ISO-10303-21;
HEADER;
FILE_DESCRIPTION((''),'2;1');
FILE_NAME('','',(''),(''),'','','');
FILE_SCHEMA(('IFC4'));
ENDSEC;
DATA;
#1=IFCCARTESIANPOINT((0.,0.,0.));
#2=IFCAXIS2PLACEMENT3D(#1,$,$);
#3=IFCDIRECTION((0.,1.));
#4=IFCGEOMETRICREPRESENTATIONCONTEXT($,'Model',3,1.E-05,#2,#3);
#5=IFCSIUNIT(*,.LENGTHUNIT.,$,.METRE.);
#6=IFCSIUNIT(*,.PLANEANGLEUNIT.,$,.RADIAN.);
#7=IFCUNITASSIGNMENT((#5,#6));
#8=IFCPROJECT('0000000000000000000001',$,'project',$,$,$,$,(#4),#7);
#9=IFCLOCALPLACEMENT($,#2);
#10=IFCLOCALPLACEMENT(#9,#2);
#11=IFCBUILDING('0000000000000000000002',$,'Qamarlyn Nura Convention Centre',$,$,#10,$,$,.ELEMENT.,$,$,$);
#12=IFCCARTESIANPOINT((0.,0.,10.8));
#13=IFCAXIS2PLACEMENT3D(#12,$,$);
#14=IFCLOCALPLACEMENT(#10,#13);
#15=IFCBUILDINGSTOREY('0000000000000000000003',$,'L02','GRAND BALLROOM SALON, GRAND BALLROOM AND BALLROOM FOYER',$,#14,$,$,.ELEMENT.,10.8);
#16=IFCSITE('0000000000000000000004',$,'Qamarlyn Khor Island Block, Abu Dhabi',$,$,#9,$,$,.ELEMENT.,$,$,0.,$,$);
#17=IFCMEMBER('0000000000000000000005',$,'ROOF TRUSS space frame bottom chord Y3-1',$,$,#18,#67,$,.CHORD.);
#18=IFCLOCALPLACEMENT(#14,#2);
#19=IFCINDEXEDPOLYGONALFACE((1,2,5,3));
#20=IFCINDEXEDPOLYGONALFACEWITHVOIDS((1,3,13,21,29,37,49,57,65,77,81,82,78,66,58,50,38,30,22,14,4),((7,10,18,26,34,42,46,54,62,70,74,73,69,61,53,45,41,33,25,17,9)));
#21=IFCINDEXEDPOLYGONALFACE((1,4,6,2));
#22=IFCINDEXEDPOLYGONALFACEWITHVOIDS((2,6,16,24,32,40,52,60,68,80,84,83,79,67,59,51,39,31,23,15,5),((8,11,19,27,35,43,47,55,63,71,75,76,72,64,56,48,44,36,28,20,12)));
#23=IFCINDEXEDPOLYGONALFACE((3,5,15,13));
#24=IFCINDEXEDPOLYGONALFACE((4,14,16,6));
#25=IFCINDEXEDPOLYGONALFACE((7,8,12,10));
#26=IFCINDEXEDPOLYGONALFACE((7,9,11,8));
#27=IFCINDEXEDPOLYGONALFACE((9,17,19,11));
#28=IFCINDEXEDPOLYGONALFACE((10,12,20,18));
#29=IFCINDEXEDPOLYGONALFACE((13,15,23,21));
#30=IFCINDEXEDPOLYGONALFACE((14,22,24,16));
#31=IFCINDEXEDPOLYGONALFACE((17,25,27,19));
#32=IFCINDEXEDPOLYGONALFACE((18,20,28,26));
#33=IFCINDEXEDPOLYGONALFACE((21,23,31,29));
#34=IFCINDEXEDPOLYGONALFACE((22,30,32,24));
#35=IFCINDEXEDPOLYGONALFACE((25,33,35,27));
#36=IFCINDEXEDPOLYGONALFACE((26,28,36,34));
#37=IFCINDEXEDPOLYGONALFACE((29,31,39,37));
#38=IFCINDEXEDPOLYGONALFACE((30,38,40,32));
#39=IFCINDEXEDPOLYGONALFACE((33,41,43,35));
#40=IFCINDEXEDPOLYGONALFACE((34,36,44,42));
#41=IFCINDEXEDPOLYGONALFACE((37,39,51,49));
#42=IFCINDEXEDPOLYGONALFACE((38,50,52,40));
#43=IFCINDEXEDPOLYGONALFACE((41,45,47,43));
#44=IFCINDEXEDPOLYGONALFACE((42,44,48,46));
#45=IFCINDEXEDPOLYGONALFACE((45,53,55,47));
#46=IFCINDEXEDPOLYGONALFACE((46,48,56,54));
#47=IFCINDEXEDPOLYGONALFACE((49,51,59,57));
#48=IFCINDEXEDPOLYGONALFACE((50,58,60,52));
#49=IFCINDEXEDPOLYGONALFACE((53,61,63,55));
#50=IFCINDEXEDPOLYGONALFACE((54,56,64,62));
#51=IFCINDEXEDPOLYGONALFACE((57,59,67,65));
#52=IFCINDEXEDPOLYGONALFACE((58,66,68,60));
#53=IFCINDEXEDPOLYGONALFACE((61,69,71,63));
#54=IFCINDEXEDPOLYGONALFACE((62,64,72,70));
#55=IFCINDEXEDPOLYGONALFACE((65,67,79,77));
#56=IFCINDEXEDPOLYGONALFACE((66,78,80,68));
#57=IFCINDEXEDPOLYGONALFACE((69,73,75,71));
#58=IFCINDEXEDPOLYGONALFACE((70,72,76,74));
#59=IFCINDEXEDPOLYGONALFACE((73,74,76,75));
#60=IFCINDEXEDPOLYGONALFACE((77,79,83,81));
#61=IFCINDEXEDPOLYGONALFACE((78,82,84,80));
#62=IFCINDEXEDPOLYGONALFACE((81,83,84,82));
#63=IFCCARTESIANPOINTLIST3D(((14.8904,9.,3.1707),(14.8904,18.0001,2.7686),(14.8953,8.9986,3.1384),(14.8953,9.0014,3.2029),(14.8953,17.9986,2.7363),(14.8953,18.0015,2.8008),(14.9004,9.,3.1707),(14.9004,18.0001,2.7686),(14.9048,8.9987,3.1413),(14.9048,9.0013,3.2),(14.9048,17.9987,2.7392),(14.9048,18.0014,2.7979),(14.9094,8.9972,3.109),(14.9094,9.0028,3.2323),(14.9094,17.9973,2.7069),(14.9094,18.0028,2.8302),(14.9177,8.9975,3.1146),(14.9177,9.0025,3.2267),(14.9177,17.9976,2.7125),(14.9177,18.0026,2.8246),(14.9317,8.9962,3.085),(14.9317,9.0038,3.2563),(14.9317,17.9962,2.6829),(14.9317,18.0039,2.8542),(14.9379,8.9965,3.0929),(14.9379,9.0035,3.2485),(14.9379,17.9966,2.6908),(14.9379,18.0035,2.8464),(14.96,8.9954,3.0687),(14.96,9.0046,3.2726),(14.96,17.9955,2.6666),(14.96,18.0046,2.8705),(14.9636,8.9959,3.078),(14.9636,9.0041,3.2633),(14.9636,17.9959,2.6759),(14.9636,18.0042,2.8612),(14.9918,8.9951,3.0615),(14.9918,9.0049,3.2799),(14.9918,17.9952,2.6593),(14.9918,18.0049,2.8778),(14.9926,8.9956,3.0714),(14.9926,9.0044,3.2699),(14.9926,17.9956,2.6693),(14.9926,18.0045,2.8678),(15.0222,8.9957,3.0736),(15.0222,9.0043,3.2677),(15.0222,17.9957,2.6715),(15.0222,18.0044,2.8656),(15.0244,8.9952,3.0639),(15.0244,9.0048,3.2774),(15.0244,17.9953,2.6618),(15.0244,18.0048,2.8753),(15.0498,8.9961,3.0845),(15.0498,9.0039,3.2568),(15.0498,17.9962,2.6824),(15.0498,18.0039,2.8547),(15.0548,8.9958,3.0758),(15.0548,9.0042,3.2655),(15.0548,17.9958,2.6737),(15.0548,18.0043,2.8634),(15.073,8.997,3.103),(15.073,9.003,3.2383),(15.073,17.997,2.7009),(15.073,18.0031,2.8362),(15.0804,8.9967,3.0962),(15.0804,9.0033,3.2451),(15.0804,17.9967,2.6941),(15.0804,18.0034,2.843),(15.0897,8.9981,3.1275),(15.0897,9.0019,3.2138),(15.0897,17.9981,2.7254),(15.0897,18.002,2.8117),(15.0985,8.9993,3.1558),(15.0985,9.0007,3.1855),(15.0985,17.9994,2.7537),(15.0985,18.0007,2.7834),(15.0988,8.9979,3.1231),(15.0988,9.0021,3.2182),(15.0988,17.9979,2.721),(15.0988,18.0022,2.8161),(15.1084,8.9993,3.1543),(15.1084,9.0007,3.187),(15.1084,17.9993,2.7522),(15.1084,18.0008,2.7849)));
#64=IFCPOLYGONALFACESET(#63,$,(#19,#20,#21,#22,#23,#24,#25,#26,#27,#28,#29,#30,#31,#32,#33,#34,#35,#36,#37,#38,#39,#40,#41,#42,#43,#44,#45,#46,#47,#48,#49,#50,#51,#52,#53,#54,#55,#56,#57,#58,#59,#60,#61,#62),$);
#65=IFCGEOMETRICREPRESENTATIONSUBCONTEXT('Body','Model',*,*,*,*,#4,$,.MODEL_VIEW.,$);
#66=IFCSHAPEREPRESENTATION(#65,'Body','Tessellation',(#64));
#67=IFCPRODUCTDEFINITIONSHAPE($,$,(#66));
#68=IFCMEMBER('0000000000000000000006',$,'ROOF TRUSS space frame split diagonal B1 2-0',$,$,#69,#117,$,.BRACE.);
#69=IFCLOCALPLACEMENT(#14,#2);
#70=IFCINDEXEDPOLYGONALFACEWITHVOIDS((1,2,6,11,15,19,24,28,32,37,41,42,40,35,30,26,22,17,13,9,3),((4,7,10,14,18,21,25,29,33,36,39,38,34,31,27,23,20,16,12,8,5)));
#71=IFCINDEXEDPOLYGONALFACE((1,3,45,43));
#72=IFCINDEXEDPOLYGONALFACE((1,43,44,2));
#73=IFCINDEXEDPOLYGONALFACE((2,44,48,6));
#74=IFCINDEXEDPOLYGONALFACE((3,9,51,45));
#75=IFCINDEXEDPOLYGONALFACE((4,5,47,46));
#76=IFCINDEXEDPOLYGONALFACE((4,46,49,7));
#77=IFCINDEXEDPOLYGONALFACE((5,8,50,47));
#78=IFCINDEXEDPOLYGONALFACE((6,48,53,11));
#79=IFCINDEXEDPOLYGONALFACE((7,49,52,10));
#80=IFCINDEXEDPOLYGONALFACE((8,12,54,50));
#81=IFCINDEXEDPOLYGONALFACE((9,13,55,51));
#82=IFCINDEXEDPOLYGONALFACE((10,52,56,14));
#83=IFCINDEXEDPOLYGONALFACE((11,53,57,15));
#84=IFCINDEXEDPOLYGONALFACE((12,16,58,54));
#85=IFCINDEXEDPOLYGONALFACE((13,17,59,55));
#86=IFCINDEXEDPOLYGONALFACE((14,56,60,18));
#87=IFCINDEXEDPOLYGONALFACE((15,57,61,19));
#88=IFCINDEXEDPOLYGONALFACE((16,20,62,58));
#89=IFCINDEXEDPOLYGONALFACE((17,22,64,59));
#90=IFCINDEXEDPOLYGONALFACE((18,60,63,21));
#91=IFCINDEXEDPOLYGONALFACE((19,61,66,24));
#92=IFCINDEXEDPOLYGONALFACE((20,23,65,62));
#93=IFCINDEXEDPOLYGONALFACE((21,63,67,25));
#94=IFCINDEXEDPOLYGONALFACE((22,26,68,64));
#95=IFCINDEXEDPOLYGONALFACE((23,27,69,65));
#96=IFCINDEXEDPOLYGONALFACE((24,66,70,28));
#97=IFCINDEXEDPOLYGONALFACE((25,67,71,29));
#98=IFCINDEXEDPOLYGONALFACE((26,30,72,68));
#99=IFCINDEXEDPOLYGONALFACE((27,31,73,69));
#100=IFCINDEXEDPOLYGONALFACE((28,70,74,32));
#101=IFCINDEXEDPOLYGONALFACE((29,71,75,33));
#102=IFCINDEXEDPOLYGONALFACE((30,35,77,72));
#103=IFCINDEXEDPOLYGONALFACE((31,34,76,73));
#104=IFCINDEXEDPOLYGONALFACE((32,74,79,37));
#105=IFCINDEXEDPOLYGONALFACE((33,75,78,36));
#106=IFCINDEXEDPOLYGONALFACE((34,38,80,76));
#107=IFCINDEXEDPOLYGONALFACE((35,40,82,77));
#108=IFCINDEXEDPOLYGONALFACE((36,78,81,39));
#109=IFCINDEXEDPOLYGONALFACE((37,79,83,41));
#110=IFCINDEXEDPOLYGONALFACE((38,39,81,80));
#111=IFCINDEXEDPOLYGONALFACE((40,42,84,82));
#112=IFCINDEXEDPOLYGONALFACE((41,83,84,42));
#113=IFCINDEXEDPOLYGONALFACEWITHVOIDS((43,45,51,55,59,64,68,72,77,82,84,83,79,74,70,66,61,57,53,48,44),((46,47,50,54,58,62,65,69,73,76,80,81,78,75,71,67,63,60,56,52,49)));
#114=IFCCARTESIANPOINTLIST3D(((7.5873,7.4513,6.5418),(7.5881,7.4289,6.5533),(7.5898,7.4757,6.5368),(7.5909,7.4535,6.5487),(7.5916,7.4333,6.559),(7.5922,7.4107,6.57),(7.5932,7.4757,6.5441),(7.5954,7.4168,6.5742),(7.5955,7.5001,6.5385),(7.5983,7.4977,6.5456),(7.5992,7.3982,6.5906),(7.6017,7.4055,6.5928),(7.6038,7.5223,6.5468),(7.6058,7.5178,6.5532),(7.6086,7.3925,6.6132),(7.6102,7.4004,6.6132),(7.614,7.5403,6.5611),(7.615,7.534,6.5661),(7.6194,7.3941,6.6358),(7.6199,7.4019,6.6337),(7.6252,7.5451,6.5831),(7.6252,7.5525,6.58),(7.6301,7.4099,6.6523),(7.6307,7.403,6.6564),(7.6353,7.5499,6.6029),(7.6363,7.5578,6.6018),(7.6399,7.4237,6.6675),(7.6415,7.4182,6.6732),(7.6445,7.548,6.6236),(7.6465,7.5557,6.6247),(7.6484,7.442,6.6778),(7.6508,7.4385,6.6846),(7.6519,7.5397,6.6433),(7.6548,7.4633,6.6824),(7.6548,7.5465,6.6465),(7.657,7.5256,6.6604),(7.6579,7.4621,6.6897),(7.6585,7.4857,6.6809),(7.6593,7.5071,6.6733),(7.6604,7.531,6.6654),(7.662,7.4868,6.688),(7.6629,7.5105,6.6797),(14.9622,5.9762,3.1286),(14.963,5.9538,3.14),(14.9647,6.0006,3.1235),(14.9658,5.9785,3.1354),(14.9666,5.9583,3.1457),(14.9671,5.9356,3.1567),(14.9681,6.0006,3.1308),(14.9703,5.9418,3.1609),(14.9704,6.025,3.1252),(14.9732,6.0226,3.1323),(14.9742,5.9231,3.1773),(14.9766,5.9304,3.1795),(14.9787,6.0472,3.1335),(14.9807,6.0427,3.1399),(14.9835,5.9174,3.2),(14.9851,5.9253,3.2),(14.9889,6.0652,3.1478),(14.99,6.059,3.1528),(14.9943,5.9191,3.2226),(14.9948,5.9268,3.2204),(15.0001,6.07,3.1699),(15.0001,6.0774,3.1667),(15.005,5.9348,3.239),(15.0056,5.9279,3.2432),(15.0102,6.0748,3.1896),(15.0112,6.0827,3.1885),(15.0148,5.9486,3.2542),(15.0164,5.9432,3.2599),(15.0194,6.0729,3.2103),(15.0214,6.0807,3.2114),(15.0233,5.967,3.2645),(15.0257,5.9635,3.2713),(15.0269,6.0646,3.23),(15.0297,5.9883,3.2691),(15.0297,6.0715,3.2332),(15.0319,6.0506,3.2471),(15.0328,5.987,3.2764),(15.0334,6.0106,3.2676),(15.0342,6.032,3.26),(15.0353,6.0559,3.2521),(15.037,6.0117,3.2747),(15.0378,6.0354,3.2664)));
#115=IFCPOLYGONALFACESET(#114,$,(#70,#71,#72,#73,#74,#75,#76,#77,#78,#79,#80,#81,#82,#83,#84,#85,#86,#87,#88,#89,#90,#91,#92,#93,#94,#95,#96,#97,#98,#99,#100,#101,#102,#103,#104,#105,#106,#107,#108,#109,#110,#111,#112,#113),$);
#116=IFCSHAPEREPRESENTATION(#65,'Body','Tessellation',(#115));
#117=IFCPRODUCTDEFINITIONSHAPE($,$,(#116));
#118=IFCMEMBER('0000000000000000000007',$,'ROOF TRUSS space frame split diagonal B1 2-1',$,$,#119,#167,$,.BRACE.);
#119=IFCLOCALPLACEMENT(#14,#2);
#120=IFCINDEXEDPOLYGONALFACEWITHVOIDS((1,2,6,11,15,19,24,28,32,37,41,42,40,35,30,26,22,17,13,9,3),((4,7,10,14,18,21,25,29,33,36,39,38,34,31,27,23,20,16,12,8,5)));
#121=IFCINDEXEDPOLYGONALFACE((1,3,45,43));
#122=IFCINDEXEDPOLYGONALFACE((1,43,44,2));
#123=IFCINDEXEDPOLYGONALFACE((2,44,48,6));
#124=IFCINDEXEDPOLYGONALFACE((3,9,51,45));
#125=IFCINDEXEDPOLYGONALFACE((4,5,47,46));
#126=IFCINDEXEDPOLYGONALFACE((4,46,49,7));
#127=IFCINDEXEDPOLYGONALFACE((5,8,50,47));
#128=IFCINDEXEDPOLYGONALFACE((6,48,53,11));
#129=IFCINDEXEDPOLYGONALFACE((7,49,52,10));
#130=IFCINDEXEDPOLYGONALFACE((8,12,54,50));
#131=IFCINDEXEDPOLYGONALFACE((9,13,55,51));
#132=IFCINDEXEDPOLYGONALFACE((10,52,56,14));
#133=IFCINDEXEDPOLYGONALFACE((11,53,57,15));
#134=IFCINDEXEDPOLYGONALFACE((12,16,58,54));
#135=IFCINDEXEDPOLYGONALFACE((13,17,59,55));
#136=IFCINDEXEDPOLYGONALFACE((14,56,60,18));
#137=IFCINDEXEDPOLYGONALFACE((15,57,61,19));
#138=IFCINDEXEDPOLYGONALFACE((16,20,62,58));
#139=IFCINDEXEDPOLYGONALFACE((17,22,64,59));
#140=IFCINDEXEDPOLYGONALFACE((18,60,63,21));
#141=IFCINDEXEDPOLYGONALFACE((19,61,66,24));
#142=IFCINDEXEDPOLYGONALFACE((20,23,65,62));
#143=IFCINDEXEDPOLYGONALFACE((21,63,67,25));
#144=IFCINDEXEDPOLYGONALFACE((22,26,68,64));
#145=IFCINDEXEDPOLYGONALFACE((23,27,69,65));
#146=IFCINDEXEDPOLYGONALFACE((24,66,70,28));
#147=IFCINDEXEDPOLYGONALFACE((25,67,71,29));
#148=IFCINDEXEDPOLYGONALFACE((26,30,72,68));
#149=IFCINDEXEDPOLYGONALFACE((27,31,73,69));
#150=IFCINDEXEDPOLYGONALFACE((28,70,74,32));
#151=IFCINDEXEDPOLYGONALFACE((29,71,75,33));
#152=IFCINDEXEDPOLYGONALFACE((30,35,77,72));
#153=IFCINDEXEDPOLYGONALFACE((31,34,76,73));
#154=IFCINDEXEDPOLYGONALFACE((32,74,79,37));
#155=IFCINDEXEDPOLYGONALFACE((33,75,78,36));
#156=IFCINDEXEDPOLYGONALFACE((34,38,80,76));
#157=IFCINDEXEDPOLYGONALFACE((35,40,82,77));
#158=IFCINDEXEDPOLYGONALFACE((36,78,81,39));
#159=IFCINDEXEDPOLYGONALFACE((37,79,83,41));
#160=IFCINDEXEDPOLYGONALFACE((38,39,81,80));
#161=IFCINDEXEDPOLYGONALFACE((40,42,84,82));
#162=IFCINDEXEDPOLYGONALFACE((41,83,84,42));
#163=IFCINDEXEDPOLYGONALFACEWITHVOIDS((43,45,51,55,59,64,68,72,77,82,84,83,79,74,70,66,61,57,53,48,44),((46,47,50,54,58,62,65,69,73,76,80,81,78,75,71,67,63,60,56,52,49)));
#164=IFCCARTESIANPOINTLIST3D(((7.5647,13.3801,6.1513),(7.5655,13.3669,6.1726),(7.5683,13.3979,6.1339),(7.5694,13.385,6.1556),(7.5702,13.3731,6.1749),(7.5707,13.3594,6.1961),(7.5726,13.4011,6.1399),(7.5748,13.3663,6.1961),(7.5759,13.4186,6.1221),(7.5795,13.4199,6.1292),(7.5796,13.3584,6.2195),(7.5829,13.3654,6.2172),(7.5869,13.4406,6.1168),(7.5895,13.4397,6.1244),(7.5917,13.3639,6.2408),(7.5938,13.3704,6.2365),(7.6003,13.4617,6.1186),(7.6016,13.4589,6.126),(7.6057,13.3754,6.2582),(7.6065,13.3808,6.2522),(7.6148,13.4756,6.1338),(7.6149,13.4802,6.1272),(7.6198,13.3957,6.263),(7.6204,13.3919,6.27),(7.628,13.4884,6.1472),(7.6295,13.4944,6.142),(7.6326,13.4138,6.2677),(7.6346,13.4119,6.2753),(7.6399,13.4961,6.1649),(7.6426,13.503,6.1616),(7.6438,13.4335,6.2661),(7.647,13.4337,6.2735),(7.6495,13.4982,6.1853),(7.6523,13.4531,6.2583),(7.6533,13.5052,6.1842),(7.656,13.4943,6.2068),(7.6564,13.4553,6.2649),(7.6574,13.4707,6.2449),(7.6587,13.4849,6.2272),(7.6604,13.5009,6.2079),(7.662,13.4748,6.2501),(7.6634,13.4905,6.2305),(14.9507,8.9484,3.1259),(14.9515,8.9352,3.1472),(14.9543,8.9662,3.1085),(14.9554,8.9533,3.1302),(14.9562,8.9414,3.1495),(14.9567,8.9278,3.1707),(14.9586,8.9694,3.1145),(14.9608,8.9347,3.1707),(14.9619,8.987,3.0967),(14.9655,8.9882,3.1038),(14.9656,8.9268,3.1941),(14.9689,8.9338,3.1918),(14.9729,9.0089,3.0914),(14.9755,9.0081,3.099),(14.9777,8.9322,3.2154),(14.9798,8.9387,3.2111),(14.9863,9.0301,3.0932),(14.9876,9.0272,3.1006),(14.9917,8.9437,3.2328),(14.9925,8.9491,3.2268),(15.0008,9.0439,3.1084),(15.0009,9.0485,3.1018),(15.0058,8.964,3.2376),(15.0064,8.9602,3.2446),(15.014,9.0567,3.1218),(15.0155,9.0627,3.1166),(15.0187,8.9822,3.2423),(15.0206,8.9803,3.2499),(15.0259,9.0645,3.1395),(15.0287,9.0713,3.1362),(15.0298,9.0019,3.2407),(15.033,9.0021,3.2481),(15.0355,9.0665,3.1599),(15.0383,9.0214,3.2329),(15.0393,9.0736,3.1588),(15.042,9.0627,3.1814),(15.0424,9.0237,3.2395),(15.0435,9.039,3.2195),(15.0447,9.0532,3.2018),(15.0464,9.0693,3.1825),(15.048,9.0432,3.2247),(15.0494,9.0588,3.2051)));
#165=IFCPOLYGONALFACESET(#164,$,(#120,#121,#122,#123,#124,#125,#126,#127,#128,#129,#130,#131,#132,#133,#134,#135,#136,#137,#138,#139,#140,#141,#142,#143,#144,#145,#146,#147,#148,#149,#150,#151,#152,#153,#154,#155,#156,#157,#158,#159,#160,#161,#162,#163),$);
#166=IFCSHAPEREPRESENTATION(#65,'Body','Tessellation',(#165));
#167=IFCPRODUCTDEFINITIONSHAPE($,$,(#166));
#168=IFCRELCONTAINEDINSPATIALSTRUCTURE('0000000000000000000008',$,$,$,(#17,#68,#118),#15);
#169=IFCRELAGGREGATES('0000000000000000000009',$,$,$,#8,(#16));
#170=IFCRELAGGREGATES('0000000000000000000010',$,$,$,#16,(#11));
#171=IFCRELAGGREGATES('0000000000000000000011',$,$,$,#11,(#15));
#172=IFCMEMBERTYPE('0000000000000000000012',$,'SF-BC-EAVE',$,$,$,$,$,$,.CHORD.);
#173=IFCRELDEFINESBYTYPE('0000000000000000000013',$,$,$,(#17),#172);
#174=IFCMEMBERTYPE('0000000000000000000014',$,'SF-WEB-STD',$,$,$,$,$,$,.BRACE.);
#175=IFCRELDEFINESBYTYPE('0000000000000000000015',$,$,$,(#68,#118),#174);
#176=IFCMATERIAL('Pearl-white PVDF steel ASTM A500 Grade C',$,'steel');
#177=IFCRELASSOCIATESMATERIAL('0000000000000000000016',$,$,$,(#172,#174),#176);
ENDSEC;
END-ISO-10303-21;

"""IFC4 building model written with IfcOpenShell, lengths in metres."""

from ifc_helpers import new_model, si_unit, direction, frame, origin, origin_2d, place, context, subcontext, project, spatial, hollow_circle, extrude, material, material_profile, profile_set, type_object, element, save


model = new_model("IFC4")

# Units and contexts
model_context = context("Model", 3, precision=1e-05, world=origin(), true_north=direction((0.0, 1.0)))
body_context = subcontext(model_context, "Body", "Model", "MODEL_VIEW")
ifc_project = project(units=[si_unit("LENGTHUNIT", "METRE"), si_unit("PLANEANGLEUNIT", "RADIAN")], contexts=[model_context])

# Site, building, storey
site_placement = place(None, origin())
site = spatial("IfcSite", under=ifc_project, at=site_placement, Name="Qamarlyn Khor Island Block, Abu Dhabi", CompositionType="ELEMENT", RefElevation=0.0)
building_placement = place(site_placement, origin())
building = spatial("IfcBuilding", under=site, at=building_placement, Name="Qamarlyn Nura Convention Centre", CompositionType="ELEMENT")
storey_placement = place(building_placement, frame((0.0, 0.0, 10.8)))
storey = spatial("IfcBuildingStorey", under=building, at=storey_placement, Name="L02", Description="GRAND BALLROOM SALON, GRAND BALLROOM AND BALLROOM FOYER", CompositionType="ELEMENT", Elevation=10.8)

# Members
ifc_material_1 = material(Name="Pearl-white PVDF steel ASTM A500 Grade C", Category="steel")
ifc_material_profile_1 = material_profile(ifc_material_1, hollow_circle(Radius=0.1096, WallThickness=0.01, at=origin_2d()), Name="CHS219.1X10")
ifc_profile_set_1 = profile_set([ifc_material_profile_1], Name="Pearl-white PVDF steel ASTM A500 Grade C")
member_type_1 = type_object("IfcMemberType", Name="SF-BC-EAVE", PredefinedType="CHORD", material=ifc_profile_set_1)
member_1_placement = place(storey_placement, frame((15.0, 9.0, 3.1707), z_axis=(0.0, 0.999003, -0.044633), x_axis=(-1.0, 0.0, 0.0)))
element("IfcMember", 1, at=member_1_placement, inside=storey, type_object=member_type_1, Name="ROOF TRUSS space frame bottom chord Y3-1", PredefinedType="CHORD", context=body_context, shape_type="SweptSolid", body=[
    extrude(hollow_circle(Radius=0.1096, WallThickness=0.01, at=origin_2d()), origin(), (0.0, 0.0, 1.0), 9.009),
])
ifc_material_profile_2 = material_profile(ifc_material_1, hollow_circle(Radius=0.0842, WallThickness=0.0081, at=origin_2d()), Name="CHS168.3X8")
ifc_profile_set_2 = profile_set([ifc_material_profile_2], Name="Pearl-white PVDF steel ASTM A500 Grade C")
member_type_2 = type_object("IfcMemberType", Name="SF-WEB-STD", PredefinedType="BRACE", material=ifc_profile_set_2)
member_2_placement = place(storey_placement, frame((15.0, 6.0, 3.2), z_axis=(-0.892924, 0.178597, 0.413267), x_axis=(-0.196129, -0.980578, 0.0)))
element("IfcMember", 2, at=member_2_placement, inside=storey, type_object=member_type_2, Name="ROOF TRUSS space frame split diagonal B1 2-0", PredefinedType="BRACE", context=body_context, shape_type="SweptSolid", body=[
    extrude(hollow_circle(Radius=0.0842, WallThickness=0.0081, at=origin_2d()), origin(), (0.0, 0.0, 1.0), 8.2593),
])
member_3_placement = place(storey_placement, frame((15.0, 9.0, 3.1707), z_axis=(-0.809037, 0.485427, 0.331391), x_axis=(-0.5145, -0.85749, 0.0)))
element("IfcMember", 3, at=member_3_placement, inside=storey, type_object=member_type_2, Name="ROOF TRUSS space frame split diagonal B1 2-1", PredefinedType="BRACE", context=body_context, shape_type="SweptSolid", body=[
    extrude(hollow_circle(Radius=0.0842, WallThickness=0.0081, at=origin_2d()), origin(), (0.0, 0.0, 1.0), 9.1294),
])

save(model, "model.ifc")
